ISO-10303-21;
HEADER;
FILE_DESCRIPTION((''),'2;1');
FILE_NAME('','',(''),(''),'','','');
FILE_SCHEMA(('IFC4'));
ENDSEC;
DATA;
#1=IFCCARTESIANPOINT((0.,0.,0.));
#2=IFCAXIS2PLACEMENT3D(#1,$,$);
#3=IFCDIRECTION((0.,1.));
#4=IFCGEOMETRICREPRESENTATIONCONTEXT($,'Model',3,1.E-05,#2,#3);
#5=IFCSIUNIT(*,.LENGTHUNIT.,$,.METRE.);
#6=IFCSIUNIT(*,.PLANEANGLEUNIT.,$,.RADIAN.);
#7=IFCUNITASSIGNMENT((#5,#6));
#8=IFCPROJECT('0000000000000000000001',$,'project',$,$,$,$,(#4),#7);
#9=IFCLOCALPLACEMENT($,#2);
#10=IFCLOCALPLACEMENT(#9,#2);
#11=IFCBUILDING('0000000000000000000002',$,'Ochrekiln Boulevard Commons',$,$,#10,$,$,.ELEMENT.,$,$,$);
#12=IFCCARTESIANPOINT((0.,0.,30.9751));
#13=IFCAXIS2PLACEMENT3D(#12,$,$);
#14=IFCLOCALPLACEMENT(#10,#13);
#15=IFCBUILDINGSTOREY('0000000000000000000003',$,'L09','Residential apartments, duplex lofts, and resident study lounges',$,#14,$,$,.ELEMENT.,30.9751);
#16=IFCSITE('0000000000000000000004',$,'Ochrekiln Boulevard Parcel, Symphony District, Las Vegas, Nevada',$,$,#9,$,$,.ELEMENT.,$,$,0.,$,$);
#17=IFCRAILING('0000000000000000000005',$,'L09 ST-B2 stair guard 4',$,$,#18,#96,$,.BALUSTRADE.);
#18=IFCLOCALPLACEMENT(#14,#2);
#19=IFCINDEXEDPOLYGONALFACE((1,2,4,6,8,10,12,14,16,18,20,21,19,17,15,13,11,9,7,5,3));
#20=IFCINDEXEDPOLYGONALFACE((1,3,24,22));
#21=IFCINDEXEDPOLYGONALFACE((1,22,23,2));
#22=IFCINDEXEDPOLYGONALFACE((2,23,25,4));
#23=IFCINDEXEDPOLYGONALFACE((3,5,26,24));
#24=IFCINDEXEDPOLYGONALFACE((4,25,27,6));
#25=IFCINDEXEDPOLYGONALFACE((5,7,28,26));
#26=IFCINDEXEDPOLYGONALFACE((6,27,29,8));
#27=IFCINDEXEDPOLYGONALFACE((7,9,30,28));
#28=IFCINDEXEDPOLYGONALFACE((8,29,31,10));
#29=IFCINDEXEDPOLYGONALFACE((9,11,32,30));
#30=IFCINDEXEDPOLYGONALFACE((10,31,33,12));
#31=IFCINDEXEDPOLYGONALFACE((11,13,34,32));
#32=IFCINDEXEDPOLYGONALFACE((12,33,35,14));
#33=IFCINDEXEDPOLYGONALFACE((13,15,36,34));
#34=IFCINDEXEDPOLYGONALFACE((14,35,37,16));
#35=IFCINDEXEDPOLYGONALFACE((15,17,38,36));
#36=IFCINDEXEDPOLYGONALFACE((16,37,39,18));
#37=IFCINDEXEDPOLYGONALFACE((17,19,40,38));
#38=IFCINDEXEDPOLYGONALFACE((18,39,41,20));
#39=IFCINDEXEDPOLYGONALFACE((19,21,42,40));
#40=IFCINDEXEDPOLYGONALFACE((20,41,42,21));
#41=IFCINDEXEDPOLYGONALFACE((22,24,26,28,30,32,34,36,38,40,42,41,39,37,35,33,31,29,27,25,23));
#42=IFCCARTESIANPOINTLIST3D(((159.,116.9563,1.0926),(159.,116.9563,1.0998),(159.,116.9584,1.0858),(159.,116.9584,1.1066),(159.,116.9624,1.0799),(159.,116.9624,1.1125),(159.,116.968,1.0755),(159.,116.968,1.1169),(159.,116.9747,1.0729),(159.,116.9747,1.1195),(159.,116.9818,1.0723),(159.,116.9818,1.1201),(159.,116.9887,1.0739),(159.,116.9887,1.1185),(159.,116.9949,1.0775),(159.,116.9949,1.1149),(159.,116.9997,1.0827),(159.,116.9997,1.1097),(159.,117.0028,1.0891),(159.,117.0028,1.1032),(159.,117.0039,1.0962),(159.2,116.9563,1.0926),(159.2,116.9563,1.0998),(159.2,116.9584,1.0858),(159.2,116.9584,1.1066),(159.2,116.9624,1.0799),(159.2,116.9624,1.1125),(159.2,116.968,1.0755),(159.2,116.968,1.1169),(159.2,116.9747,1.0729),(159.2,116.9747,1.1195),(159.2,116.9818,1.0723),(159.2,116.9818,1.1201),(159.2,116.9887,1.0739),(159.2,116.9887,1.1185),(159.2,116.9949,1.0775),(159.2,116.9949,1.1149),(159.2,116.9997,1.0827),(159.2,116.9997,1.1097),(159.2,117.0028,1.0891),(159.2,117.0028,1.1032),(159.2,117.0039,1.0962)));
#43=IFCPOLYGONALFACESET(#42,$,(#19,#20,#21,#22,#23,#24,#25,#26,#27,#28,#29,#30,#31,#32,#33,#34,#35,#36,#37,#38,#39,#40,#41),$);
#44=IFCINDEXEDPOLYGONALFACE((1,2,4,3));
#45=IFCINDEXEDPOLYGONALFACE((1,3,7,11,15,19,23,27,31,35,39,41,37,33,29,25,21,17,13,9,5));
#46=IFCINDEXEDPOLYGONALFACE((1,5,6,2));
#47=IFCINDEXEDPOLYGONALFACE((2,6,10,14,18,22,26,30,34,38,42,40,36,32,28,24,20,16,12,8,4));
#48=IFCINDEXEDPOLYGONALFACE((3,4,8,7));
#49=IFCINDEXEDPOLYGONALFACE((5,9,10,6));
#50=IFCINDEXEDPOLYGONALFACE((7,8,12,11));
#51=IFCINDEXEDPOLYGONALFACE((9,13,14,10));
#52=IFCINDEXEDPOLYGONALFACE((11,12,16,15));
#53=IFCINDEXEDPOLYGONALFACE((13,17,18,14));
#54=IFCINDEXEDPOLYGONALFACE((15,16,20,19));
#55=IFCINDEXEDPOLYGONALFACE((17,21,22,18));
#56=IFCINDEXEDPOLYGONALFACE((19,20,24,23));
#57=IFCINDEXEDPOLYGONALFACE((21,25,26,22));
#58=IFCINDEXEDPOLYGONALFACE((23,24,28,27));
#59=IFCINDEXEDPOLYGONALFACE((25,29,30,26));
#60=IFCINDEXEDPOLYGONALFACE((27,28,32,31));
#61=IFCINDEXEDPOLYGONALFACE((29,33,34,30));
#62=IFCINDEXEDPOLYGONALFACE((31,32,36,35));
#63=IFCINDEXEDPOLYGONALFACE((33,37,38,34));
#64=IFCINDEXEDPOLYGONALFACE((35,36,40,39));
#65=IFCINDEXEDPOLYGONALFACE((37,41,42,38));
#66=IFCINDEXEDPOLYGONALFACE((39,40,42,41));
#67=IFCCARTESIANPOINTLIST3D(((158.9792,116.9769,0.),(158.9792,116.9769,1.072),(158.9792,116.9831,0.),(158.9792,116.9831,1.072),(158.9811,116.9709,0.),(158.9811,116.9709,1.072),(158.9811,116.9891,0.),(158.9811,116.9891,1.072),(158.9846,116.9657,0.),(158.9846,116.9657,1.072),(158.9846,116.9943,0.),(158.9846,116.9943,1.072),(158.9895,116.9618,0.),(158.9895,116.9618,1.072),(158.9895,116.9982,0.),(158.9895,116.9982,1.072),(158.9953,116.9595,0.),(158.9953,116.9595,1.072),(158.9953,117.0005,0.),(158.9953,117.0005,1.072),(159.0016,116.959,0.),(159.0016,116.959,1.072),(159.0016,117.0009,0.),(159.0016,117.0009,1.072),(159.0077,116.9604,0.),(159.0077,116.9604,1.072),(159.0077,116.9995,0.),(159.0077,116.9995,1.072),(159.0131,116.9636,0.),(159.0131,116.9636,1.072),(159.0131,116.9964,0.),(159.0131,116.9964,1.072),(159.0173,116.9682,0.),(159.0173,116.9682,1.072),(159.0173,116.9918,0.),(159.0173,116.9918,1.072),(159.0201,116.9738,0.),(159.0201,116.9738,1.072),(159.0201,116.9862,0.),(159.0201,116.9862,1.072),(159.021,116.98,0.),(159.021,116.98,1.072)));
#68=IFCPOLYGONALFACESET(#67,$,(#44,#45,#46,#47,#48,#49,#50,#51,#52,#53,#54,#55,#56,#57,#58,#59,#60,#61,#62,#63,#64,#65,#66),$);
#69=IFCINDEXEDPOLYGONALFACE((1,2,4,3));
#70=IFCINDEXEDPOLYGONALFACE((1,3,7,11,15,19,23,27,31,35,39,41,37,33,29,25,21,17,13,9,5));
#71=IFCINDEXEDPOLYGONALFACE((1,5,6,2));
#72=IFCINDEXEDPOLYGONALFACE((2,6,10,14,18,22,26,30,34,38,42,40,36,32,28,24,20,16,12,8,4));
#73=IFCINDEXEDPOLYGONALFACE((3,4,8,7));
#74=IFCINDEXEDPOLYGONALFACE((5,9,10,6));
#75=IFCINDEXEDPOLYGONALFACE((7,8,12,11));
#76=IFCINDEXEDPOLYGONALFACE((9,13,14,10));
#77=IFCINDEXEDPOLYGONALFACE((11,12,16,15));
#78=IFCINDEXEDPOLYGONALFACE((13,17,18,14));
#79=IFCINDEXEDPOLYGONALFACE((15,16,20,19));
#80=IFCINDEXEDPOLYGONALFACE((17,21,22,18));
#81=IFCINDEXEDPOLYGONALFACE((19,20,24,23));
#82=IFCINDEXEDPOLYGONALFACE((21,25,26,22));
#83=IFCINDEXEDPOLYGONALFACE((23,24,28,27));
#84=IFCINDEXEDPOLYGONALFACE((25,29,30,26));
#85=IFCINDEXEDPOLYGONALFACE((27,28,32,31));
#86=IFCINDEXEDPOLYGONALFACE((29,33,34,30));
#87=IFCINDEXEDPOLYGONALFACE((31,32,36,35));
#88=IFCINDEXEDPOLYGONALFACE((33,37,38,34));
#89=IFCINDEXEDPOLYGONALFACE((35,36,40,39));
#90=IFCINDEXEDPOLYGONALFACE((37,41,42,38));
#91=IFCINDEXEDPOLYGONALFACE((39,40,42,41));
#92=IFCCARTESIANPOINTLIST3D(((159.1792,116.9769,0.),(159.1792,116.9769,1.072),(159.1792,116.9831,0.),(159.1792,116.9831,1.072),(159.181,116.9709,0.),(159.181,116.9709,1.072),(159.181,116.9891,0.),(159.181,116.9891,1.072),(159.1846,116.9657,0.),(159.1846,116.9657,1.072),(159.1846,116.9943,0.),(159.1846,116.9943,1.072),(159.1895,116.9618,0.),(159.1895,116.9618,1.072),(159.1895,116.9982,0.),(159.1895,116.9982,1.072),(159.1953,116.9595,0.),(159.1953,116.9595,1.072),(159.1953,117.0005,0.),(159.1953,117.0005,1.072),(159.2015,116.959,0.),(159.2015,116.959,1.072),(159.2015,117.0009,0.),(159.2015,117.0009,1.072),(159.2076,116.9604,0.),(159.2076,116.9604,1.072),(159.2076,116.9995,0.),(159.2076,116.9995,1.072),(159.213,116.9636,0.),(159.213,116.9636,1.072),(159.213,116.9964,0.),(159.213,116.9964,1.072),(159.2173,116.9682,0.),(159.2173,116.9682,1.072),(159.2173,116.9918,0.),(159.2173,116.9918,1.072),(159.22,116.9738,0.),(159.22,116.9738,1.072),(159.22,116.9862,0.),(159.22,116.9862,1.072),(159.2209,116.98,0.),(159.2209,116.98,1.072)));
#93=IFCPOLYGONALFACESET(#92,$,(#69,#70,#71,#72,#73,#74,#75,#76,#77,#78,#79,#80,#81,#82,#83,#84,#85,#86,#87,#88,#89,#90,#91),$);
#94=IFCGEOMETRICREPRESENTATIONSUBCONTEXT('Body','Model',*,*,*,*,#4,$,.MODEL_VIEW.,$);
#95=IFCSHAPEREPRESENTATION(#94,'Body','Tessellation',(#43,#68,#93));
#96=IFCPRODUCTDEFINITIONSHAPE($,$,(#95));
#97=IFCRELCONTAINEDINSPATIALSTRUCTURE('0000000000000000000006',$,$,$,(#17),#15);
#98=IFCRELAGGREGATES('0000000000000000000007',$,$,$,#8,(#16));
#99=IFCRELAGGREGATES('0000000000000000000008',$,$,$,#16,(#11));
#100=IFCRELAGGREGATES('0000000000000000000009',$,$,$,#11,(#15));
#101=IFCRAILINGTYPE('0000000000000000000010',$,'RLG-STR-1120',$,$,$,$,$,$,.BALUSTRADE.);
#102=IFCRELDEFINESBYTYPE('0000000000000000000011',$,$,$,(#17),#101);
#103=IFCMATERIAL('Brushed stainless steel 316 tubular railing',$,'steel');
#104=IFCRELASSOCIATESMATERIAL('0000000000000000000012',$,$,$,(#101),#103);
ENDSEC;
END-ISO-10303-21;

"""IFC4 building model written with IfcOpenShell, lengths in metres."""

from ifc_helpers import new_model, si_unit, direction, frame, origin, origin_2d, place, context, subcontext, project, spatial, circle, extrude, material, type_object, element, save


model = new_model("IFC4")

# Units and contexts
model_context = context("Model", 3, precision=1e-05, world=origin(), true_north=direction((0.0, 1.0)))
body_context = subcontext(model_context, "Body", "Model", "MODEL_VIEW")
ifc_project = project(units=[si_unit("LENGTHUNIT", "METRE"), si_unit("PLANEANGLEUNIT", "RADIAN")], contexts=[model_context])

# Site, building, storey
site_placement = place(None, origin())
site = spatial("IfcSite", under=ifc_project, at=site_placement, Name="Ochrekiln Boulevard Parcel, Symphony District, Las Vegas, Nevada", CompositionType="ELEMENT", RefElevation=0.0)
building_placement = place(site_placement, origin())
building = spatial("IfcBuilding", under=site, at=building_placement, Name="Ochrekiln Boulevard Commons", CompositionType="ELEMENT")
storey_placement = place(building_placement, frame((0.0, 0.0, 30.9751)))
storey = spatial("IfcBuildingStorey", under=building, at=storey_placement, Name="L09", Description="Residential apartments, duplex lofts, and resident study lounges", CompositionType="ELEMENT", Elevation=30.9751)

# Railing
ifc_material_1 = material(Name="Brushed stainless steel 316 tubular railing", Category="steel")
railing_type_1 = type_object("IfcRailingType", Name="RLG-STR-1120", PredefinedType="BALUSTRADE", material=ifc_material_1)
railing_1_placement = place(storey_placement, frame((159.0, 116.98, 0.0)))
element("IfcRailing", 1, at=railing_1_placement, inside=storey, type_object=railing_type_1, Name="L09 ST-B2 stair guard 4", PredefinedType="BALUSTRADE", context=body_context, shape_type="SweptSolid", body=[
    extrude(circle(Radius=0.0239, at=origin_2d()), frame((0.0, 0.0, 1.0962), z_axis=(1.0, 0.0, 0.0), x_axis=(0.0, 1.0, 0.0)), (0.0, 0.0, 1.0), 0.2),
    extrude(circle(Radius=0.021, at=origin_2d()), origin(), (0.0, 0.0, 1.0), 1.072),
    extrude(circle(Radius=0.021, at=origin_2d()), frame((0.2, 0.0, 0.0)), (0.0, 0.0, 1.0), 1.072),
])

save(model, "model.ifc")
